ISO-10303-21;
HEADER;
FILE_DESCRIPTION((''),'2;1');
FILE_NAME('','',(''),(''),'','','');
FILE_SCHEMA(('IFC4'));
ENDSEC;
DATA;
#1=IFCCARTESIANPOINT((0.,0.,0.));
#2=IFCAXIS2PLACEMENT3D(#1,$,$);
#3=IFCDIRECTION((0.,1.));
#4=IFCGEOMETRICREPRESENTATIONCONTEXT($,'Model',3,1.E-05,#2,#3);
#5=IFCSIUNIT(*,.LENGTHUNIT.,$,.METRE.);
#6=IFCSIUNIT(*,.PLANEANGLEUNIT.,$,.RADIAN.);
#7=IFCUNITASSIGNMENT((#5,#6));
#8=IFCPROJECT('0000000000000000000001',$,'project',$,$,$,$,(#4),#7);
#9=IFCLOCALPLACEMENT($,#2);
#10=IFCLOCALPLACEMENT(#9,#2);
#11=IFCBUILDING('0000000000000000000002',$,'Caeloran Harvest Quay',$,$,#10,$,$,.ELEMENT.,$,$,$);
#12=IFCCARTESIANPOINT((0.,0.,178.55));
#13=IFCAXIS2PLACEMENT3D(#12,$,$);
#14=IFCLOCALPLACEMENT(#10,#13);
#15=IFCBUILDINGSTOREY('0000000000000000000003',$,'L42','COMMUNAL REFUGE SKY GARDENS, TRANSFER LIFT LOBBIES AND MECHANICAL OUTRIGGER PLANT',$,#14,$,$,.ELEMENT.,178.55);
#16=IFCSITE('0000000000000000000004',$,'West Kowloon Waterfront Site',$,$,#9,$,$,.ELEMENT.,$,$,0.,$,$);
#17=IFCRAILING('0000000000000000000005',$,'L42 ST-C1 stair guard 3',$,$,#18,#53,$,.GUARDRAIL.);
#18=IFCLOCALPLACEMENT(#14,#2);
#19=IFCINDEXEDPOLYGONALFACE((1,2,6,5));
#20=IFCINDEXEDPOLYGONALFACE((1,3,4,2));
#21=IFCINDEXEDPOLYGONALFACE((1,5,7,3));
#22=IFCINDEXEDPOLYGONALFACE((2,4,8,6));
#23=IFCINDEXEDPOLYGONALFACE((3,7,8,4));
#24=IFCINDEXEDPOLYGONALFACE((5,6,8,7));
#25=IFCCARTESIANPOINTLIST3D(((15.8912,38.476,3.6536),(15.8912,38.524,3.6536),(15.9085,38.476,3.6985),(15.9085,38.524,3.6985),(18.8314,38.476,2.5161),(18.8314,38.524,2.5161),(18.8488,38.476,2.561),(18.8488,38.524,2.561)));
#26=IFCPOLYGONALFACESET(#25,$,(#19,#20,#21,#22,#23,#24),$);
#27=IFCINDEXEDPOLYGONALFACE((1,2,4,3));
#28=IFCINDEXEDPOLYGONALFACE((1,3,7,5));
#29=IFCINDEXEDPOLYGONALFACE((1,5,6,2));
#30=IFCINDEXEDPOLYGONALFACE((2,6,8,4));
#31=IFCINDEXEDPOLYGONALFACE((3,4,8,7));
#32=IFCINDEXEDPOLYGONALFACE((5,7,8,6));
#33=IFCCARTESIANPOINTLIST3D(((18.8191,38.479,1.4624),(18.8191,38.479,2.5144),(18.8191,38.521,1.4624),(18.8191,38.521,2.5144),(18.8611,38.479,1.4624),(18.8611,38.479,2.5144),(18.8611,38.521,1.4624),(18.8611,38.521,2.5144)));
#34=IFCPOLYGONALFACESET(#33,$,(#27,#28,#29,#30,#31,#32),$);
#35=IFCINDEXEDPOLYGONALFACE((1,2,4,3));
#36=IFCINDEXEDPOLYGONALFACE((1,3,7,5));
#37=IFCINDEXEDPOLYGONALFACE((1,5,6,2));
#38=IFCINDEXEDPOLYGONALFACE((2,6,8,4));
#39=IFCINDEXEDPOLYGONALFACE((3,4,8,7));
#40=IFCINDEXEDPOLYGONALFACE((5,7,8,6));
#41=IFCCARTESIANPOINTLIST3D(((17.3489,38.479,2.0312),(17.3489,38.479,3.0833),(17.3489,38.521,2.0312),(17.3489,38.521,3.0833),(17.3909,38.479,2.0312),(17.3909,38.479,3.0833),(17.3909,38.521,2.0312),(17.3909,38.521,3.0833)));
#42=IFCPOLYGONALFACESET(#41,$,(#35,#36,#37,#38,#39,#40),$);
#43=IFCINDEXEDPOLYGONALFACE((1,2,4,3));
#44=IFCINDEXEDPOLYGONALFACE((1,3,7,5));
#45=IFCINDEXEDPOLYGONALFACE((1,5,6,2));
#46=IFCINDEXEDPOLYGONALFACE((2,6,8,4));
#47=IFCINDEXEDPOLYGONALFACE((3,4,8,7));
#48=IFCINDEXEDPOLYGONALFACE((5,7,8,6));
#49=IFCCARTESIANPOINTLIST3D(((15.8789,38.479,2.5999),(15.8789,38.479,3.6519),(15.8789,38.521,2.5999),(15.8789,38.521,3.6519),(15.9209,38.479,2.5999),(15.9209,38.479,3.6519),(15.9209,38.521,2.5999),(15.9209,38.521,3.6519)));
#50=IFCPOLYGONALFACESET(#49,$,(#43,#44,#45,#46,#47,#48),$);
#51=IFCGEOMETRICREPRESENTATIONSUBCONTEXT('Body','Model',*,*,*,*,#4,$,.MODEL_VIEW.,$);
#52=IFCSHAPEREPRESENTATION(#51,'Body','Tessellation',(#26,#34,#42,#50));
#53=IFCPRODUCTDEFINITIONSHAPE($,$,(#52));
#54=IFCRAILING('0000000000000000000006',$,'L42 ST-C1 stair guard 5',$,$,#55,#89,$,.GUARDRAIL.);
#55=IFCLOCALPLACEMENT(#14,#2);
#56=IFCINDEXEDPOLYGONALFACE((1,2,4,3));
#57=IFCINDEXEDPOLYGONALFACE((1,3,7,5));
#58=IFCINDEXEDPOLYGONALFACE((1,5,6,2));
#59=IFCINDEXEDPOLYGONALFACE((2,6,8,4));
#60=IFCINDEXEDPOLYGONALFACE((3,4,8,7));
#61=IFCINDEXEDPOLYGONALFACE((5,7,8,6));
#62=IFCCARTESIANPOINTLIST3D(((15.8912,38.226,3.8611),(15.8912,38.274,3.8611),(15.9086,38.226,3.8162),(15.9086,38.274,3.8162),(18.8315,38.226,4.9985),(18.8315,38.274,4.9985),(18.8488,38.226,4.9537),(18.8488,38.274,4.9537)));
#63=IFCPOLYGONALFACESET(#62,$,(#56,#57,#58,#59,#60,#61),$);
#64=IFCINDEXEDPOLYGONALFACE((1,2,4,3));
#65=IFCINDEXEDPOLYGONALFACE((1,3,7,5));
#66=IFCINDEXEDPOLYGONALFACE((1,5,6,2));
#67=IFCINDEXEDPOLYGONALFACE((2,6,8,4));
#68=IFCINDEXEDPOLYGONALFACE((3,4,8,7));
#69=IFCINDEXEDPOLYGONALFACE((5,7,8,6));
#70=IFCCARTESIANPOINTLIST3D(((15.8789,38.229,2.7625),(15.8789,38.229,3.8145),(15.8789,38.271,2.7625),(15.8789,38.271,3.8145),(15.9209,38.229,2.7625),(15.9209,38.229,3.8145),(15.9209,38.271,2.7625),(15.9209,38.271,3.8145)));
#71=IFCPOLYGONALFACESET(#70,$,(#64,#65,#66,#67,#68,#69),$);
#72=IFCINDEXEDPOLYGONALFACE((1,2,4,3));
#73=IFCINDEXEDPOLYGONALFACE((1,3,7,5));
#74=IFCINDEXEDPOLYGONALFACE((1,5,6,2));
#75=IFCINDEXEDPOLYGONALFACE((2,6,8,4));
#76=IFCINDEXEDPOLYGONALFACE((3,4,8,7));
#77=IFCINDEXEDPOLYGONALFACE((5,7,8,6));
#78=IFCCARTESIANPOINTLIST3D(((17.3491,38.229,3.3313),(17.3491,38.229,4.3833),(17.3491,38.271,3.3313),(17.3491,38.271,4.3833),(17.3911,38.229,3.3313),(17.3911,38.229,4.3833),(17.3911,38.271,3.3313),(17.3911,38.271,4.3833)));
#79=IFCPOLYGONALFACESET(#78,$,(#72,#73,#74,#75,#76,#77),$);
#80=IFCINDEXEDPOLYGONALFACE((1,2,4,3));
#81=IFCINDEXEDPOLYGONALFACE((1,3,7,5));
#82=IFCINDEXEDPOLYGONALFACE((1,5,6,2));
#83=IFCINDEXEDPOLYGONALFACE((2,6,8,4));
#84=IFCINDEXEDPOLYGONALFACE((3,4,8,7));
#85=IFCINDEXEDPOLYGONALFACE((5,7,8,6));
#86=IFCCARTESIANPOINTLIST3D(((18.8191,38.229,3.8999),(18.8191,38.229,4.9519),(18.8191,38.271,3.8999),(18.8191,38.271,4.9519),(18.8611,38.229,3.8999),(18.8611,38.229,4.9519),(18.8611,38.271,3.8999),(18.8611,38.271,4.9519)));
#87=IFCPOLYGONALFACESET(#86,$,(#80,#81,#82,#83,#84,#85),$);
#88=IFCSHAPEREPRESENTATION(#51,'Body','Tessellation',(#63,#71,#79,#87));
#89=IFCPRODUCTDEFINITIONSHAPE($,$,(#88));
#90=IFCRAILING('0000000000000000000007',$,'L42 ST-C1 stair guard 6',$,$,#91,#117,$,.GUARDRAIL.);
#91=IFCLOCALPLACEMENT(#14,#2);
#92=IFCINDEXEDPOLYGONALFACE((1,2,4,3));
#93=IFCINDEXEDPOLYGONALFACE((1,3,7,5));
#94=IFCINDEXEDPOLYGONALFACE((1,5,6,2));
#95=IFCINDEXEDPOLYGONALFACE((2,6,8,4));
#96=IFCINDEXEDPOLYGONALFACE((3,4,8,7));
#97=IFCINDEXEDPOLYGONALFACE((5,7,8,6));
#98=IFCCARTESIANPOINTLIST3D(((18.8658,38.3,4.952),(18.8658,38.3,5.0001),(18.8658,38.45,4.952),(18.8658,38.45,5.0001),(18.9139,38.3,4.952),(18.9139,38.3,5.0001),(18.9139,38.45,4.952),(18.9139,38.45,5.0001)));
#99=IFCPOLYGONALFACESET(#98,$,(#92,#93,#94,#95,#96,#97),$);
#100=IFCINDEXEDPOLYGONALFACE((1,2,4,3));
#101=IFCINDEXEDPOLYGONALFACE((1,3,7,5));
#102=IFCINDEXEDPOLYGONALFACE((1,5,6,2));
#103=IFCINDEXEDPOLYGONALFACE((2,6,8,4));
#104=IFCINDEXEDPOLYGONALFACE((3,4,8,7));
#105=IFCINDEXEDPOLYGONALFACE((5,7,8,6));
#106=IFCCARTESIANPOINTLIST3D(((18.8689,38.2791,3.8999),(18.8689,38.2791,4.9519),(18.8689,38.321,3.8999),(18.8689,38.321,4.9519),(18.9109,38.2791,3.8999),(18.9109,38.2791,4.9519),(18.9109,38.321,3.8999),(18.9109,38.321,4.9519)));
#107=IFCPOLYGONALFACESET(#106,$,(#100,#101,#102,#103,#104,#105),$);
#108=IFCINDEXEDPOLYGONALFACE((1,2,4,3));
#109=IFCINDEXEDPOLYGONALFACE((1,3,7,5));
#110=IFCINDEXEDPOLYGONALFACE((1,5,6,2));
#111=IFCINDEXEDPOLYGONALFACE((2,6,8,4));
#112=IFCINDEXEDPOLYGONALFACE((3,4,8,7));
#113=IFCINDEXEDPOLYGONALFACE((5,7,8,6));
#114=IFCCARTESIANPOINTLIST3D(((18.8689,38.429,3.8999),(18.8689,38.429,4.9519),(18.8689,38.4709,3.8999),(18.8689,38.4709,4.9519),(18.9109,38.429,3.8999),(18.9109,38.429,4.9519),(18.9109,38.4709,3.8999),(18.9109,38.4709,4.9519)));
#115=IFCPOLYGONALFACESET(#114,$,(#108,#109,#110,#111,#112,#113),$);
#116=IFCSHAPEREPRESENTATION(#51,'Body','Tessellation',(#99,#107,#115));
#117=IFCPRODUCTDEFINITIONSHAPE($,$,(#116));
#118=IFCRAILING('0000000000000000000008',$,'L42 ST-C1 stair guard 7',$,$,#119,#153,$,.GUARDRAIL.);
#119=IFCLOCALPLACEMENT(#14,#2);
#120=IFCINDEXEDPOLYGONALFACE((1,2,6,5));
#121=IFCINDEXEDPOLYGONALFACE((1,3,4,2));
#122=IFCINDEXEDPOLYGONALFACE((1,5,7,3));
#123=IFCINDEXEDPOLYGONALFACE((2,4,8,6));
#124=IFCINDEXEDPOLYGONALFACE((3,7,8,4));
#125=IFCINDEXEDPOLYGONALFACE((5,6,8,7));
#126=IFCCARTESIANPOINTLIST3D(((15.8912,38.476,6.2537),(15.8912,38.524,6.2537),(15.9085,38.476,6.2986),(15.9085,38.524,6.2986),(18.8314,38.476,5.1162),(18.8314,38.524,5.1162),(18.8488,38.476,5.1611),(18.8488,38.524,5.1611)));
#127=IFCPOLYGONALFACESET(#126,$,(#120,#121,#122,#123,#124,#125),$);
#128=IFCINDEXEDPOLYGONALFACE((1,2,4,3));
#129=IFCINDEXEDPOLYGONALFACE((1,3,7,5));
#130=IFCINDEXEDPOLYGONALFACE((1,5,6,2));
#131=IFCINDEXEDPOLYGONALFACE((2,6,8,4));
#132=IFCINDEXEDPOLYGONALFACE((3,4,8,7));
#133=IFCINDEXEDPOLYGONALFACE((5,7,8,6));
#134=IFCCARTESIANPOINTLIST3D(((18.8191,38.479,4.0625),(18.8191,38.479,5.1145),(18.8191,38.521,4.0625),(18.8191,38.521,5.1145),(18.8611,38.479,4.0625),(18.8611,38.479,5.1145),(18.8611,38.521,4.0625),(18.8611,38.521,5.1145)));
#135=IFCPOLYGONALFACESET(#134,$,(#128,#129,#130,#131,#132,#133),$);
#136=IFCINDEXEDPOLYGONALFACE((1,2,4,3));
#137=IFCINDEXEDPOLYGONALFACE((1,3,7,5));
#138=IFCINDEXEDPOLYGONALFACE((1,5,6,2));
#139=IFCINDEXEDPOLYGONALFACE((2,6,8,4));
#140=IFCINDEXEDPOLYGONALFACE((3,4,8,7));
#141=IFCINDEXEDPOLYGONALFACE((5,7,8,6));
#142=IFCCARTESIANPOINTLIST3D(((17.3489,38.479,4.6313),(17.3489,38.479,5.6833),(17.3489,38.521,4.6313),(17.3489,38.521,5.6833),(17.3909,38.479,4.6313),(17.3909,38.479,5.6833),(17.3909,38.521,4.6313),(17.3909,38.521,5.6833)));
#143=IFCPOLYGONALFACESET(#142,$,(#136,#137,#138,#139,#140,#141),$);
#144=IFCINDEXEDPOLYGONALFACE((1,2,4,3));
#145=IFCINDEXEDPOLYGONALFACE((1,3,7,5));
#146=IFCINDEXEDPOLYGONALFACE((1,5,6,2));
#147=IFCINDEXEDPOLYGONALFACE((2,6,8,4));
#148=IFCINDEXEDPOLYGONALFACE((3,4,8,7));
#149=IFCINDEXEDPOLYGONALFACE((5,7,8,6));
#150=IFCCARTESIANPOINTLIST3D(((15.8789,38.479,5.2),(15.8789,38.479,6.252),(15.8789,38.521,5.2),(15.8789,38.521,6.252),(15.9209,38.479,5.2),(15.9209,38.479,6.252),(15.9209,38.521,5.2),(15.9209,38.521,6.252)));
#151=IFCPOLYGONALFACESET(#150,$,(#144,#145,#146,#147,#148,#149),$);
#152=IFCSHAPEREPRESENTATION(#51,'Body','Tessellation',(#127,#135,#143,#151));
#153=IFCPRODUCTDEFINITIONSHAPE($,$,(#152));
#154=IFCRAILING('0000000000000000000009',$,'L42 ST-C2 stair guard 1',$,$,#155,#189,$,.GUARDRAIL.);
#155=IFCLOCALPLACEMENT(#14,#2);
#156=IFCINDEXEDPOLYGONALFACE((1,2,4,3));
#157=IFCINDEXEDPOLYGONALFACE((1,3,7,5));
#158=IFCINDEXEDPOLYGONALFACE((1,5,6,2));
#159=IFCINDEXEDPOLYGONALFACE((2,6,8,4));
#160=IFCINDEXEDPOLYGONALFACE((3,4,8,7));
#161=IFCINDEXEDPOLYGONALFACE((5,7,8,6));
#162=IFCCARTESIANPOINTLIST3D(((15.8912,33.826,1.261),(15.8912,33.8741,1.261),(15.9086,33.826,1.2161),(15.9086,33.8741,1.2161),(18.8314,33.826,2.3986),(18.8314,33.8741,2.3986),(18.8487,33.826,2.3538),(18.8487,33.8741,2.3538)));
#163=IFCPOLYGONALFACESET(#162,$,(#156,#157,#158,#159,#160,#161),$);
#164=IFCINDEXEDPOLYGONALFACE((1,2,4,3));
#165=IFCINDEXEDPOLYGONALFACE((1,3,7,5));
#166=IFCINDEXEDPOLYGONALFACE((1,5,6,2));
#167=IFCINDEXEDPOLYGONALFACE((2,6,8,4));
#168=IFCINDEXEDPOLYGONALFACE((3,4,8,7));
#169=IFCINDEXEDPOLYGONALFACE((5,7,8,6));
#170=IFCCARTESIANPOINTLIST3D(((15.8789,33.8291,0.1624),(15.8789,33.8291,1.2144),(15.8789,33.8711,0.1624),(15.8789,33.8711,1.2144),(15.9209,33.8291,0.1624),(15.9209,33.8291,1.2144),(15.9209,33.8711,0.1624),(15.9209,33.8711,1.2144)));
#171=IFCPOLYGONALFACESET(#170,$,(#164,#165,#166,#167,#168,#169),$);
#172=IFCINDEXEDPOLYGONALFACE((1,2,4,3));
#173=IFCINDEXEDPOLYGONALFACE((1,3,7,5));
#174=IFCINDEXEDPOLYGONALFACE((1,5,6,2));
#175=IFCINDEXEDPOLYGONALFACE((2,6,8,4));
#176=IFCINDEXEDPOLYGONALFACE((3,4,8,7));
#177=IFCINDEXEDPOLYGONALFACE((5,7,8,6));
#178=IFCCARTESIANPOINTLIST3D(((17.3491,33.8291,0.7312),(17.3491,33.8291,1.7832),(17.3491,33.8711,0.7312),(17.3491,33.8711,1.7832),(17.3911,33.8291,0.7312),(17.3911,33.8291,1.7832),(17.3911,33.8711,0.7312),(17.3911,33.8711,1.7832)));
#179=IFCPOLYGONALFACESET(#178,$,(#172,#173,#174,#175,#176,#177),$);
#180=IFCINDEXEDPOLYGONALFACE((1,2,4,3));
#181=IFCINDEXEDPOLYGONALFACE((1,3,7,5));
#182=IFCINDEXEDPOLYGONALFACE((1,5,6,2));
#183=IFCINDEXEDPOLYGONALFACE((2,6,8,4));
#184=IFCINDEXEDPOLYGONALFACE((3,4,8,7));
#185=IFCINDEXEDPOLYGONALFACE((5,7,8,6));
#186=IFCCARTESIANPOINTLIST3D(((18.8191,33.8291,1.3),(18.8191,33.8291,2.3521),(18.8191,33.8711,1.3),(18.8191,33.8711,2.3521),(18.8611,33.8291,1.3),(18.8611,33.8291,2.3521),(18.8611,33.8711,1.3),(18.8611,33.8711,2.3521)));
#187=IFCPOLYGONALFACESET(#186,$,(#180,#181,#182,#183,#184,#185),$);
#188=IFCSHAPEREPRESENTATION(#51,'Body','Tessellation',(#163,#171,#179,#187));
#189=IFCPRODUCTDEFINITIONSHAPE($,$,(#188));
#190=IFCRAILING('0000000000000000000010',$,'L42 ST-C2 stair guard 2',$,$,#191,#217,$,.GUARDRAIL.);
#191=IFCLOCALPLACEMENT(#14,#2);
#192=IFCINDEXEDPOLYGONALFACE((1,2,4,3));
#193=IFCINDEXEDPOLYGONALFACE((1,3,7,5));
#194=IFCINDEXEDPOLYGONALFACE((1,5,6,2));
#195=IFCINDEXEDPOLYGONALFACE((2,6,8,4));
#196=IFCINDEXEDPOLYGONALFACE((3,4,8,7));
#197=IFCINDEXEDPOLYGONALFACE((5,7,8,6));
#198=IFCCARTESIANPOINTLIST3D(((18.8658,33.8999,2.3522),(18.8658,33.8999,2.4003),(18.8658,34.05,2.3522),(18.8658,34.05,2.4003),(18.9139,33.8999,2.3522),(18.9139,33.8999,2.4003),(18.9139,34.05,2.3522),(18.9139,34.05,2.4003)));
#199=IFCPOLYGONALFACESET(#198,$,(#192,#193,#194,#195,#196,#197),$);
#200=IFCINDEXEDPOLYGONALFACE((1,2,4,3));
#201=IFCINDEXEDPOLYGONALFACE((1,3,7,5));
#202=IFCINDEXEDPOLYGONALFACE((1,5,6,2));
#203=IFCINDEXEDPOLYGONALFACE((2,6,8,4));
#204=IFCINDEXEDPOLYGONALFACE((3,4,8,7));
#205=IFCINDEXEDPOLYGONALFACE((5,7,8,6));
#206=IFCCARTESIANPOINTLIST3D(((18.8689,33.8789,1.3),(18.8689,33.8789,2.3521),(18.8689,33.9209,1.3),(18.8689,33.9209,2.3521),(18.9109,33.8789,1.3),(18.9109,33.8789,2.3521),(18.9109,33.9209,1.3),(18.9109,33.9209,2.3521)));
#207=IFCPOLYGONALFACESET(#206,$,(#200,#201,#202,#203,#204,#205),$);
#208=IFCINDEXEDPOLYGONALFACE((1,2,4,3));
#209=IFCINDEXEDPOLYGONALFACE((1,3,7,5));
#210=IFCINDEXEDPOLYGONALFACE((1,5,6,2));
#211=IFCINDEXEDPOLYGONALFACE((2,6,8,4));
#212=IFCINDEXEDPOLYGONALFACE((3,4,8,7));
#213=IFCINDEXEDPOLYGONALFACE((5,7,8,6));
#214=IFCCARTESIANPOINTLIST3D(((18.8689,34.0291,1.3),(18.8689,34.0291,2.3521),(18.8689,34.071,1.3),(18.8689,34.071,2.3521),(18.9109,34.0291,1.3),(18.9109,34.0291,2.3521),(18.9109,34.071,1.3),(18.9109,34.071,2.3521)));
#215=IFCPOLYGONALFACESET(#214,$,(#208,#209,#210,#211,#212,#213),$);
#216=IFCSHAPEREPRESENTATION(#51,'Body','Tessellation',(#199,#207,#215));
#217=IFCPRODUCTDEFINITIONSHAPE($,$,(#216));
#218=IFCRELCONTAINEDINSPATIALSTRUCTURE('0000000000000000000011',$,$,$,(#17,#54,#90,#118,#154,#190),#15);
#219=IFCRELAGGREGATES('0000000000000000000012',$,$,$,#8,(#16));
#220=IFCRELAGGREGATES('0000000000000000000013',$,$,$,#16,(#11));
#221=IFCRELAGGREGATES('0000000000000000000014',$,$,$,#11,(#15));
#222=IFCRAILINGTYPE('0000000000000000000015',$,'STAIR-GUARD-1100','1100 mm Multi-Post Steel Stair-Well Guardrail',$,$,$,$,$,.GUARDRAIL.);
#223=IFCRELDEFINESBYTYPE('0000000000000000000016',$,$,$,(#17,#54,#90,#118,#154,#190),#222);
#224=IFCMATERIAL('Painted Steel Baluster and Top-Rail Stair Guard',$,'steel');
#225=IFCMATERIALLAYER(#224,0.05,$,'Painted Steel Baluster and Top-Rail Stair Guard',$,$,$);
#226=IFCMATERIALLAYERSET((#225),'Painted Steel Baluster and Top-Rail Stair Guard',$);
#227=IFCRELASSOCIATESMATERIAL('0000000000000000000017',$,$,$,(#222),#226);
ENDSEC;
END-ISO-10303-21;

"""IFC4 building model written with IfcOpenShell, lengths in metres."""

from ifc_helpers import new_model, si_unit, direction, frame, origin, origin_2d, place, context, subcontext, project, spatial, rectangle, extrude, material, layer, layer_set, type_object, element, save


model = new_model("IFC4")

# Units and contexts
model_context = context("Model", 3, precision=1e-05, world=origin(), true_north=direction((0.0, 1.0)))
body_context = subcontext(model_context, "Body", "Model", "MODEL_VIEW")
ifc_project = project(units=[si_unit("LENGTHUNIT", "METRE"), si_unit("PLANEANGLEUNIT", "RADIAN")], contexts=[model_context])

# Site, building, storey
site_placement = place(None, origin())
site = spatial("IfcSite", under=ifc_project, at=site_placement, Name="West Kowloon Waterfront Site", CompositionType="ELEMENT", RefElevation=0.0)
building_placement = place(site_placement, origin())
building = spatial("IfcBuilding", under=site, at=building_placement, Name="Caeloran Harvest Quay", CompositionType="ELEMENT")
storey_placement = place(building_placement, frame((0.0, 0.0, 178.55)))
storey = spatial("IfcBuildingStorey", under=building, at=storey_placement, Name="L42", Description="COMMUNAL REFUGE SKY GARDENS, TRANSFER LIFT LOBBIES AND MECHANICAL OUTRIGGER PLANT", CompositionType="ELEMENT", Elevation=178.55)

# Railings
ifc_material_1 = material(Name="Painted Steel Baluster and Top-Rail Stair Guard", Category="steel")
ifc_layer_1 = layer(ifc_material_1, 0.05, Name="Painted Steel Baluster and Top-Rail Stair Guard")
ifc_layer_set_1 = layer_set([ifc_layer_1], Name="Painted Steel Baluster and Top-Rail Stair Guard")
railing_type_1 = type_object("IfcRailingType", Name="STAIR-GUARD-1100", Description="1100 mm Multi-Post Steel Stair-Well Guardrail", PredefinedType="GUARDRAIL", material=ifc_layer_set_1)
railing_1_placement = place(storey_placement, frame((18.8401, 38.5, 1.4624)))
element("IfcRailing", 1, at=railing_1_placement, inside=storey, type_object=railing_type_1, Name="L42 ST-C1 stair guard 3", PredefinedType="GUARDRAIL", context=body_context, shape_type="SweptSolid", body=[
    extrude(rectangle(XDim=0.0481, YDim=0.0481, at=origin_2d()), frame((0.0, 0.0, 1.0762), z_axis=(-0.932641, 0.0, 0.360805), x_axis=(0.0, -1.0, 0.0)), (0.0, 0.0, 1.0), 3.1526),
    extrude(rectangle(XDim=0.042, YDim=0.042, at=origin_2d()), origin(), (0.0, 0.0, 1.0), 1.052),
    extrude(rectangle(XDim=0.042, YDim=0.042, at=origin_2d()), frame((-1.4702, 0.0, 0.5688)), (0.0, 0.0, 1.0), 1.052),
    extrude(rectangle(XDim=0.042, YDim=0.042, at=origin_2d()), frame((-2.9402, 0.0, 1.1375)), (0.0, 0.0, 1.0), 1.052),
])
railing_2_placement = place(storey_placement, frame((15.8999, 38.25, 2.7625)))
element("IfcRailing", 2, at=railing_2_placement, inside=storey, type_object=railing_type_1, Name="L42 ST-C1 stair guard 5", PredefinedType="GUARDRAIL", context=body_context, shape_type="SweptSolid", body=[
    extrude(rectangle(XDim=0.0481, YDim=0.0481, at=origin_2d()), frame((0.0, 0.0, 1.0762), z_axis=(0.932641, 0.0, 0.360805), x_axis=(0.0, 1.0, 0.0)), (0.0, 0.0, 1.0), 3.1526),
    extrude(rectangle(XDim=0.042, YDim=0.042, at=origin_2d()), origin(), (0.0, 0.0, 1.0), 1.052),
    extrude(rectangle(XDim=0.042, YDim=0.042, at=origin_2d()), frame((1.4702, 0.0, 0.5688)), (0.0, 0.0, 1.0), 1.052),
    extrude(rectangle(XDim=0.042, YDim=0.042, at=origin_2d()), frame((2.9402, 0.0, 1.1375)), (0.0, 0.0, 1.0), 1.052),
])
railing_3_placement = place(storey_placement, frame((18.8899, 38.3, 3.8999)))
element("IfcRailing", 3, at=railing_3_placement, inside=storey, type_object=railing_type_1, Name="L42 ST-C1 stair guard 6", PredefinedType="GUARDRAIL", context=body_context, shape_type="SweptSolid", body=[
    extrude(rectangle(XDim=0.0481, YDim=0.0481, at=origin_2d()), frame((0.0, 0.0, 1.0762), z_axis=(0.0, 1.0, 0.0), x_axis=(-1.0, 0.0, 0.0)), (0.0, 0.0, 1.0), 0.1499),
    extrude(rectangle(XDim=0.042, YDim=0.042, at=origin_2d()), origin(), (0.0, 0.0, 1.0), 1.052),
    extrude(rectangle(XDim=0.042, YDim=0.042, at=origin_2d()), frame((0.0, 0.1499, 0.0)), (0.0, 0.0, 1.0), 1.052),
])
railing_4_placement = place(storey_placement, frame((18.8401, 38.5, 4.0625)))
element("IfcRailing", 4, at=railing_4_placement, inside=storey, type_object=railing_type_1, Name="L42 ST-C1 stair guard 7", PredefinedType="GUARDRAIL", context=body_context, shape_type="SweptSolid", body=[
    extrude(rectangle(XDim=0.0481, YDim=0.0481, at=origin_2d()), frame((0.0, 0.0, 1.0762), z_axis=(-0.932641, 0.0, 0.360805), x_axis=(0.0, -1.0, 0.0)), (0.0, 0.0, 1.0), 3.1526),
    extrude(rectangle(XDim=0.042, YDim=0.042, at=origin_2d()), origin(), (0.0, 0.0, 1.0), 1.052),
    extrude(rectangle(XDim=0.042, YDim=0.042, at=origin_2d()), frame((-1.4702, 0.0, 0.5688)), (0.0, 0.0, 1.0), 1.052),
    extrude(rectangle(XDim=0.042, YDim=0.042, at=origin_2d()), frame((-2.9402, 0.0, 1.1375)), (0.0, 0.0, 1.0), 1.052),
])
railing_5_placement = place(storey_placement, frame((15.8999, 33.8501, 0.1624)))
element("IfcRailing", 5, at=railing_5_placement, inside=storey, type_object=railing_type_1, Name="L42 ST-C2 stair guard 1", PredefinedType="GUARDRAIL", context=body_context, shape_type="SweptSolid", body=[
    extrude(rectangle(XDim=0.0481, YDim=0.0481, at=origin_2d()), frame((0.0, 0.0, 1.0762), z_axis=(0.932615, 0.0, 0.360872), x_axis=(0.0, 1.0, 0.0)), (0.0, 0.0, 1.0), 3.1526),
    extrude(rectangle(XDim=0.042, YDim=0.042, at=origin_2d()), origin(), (0.0, 0.0, 1.0), 1.052),
    extrude(rectangle(XDim=0.042, YDim=0.042, at=origin_2d()), frame((1.4702, 0.0, 0.5688)), (0.0, 0.0, 1.0), 1.052),
    extrude(rectangle(XDim=0.042, YDim=0.042, at=origin_2d()), frame((2.9402, 0.0, 1.1377)), (0.0, 0.0, 1.0), 1.052),
])
railing_6_placement = place(storey_placement, frame((18.8899, 33.8999, 1.3)))
element("IfcRailing", 6, at=railing_6_placement, inside=storey, type_object=railing_type_1, Name="L42 ST-C2 stair guard 2", PredefinedType="GUARDRAIL", context=body_context, shape_type="SweptSolid", body=[
    extrude(rectangle(XDim=0.0481, YDim=0.0481, at=origin_2d()), frame((0.0, 0.0, 1.0762), z_axis=(0.0, 1.0, 0.0), x_axis=(-1.0, 0.0, 0.0)), (0.0, 0.0, 1.0), 0.1501),
    extrude(rectangle(XDim=0.042, YDim=0.042, at=origin_2d()), origin(), (0.0, 0.0, 1.0), 1.052),
    extrude(rectangle(XDim=0.042, YDim=0.042, at=origin_2d()), frame((0.0, 0.1501, 0.0)), (0.0, 0.0, 1.0), 1.052),
])

save(model, "model.ifc")
